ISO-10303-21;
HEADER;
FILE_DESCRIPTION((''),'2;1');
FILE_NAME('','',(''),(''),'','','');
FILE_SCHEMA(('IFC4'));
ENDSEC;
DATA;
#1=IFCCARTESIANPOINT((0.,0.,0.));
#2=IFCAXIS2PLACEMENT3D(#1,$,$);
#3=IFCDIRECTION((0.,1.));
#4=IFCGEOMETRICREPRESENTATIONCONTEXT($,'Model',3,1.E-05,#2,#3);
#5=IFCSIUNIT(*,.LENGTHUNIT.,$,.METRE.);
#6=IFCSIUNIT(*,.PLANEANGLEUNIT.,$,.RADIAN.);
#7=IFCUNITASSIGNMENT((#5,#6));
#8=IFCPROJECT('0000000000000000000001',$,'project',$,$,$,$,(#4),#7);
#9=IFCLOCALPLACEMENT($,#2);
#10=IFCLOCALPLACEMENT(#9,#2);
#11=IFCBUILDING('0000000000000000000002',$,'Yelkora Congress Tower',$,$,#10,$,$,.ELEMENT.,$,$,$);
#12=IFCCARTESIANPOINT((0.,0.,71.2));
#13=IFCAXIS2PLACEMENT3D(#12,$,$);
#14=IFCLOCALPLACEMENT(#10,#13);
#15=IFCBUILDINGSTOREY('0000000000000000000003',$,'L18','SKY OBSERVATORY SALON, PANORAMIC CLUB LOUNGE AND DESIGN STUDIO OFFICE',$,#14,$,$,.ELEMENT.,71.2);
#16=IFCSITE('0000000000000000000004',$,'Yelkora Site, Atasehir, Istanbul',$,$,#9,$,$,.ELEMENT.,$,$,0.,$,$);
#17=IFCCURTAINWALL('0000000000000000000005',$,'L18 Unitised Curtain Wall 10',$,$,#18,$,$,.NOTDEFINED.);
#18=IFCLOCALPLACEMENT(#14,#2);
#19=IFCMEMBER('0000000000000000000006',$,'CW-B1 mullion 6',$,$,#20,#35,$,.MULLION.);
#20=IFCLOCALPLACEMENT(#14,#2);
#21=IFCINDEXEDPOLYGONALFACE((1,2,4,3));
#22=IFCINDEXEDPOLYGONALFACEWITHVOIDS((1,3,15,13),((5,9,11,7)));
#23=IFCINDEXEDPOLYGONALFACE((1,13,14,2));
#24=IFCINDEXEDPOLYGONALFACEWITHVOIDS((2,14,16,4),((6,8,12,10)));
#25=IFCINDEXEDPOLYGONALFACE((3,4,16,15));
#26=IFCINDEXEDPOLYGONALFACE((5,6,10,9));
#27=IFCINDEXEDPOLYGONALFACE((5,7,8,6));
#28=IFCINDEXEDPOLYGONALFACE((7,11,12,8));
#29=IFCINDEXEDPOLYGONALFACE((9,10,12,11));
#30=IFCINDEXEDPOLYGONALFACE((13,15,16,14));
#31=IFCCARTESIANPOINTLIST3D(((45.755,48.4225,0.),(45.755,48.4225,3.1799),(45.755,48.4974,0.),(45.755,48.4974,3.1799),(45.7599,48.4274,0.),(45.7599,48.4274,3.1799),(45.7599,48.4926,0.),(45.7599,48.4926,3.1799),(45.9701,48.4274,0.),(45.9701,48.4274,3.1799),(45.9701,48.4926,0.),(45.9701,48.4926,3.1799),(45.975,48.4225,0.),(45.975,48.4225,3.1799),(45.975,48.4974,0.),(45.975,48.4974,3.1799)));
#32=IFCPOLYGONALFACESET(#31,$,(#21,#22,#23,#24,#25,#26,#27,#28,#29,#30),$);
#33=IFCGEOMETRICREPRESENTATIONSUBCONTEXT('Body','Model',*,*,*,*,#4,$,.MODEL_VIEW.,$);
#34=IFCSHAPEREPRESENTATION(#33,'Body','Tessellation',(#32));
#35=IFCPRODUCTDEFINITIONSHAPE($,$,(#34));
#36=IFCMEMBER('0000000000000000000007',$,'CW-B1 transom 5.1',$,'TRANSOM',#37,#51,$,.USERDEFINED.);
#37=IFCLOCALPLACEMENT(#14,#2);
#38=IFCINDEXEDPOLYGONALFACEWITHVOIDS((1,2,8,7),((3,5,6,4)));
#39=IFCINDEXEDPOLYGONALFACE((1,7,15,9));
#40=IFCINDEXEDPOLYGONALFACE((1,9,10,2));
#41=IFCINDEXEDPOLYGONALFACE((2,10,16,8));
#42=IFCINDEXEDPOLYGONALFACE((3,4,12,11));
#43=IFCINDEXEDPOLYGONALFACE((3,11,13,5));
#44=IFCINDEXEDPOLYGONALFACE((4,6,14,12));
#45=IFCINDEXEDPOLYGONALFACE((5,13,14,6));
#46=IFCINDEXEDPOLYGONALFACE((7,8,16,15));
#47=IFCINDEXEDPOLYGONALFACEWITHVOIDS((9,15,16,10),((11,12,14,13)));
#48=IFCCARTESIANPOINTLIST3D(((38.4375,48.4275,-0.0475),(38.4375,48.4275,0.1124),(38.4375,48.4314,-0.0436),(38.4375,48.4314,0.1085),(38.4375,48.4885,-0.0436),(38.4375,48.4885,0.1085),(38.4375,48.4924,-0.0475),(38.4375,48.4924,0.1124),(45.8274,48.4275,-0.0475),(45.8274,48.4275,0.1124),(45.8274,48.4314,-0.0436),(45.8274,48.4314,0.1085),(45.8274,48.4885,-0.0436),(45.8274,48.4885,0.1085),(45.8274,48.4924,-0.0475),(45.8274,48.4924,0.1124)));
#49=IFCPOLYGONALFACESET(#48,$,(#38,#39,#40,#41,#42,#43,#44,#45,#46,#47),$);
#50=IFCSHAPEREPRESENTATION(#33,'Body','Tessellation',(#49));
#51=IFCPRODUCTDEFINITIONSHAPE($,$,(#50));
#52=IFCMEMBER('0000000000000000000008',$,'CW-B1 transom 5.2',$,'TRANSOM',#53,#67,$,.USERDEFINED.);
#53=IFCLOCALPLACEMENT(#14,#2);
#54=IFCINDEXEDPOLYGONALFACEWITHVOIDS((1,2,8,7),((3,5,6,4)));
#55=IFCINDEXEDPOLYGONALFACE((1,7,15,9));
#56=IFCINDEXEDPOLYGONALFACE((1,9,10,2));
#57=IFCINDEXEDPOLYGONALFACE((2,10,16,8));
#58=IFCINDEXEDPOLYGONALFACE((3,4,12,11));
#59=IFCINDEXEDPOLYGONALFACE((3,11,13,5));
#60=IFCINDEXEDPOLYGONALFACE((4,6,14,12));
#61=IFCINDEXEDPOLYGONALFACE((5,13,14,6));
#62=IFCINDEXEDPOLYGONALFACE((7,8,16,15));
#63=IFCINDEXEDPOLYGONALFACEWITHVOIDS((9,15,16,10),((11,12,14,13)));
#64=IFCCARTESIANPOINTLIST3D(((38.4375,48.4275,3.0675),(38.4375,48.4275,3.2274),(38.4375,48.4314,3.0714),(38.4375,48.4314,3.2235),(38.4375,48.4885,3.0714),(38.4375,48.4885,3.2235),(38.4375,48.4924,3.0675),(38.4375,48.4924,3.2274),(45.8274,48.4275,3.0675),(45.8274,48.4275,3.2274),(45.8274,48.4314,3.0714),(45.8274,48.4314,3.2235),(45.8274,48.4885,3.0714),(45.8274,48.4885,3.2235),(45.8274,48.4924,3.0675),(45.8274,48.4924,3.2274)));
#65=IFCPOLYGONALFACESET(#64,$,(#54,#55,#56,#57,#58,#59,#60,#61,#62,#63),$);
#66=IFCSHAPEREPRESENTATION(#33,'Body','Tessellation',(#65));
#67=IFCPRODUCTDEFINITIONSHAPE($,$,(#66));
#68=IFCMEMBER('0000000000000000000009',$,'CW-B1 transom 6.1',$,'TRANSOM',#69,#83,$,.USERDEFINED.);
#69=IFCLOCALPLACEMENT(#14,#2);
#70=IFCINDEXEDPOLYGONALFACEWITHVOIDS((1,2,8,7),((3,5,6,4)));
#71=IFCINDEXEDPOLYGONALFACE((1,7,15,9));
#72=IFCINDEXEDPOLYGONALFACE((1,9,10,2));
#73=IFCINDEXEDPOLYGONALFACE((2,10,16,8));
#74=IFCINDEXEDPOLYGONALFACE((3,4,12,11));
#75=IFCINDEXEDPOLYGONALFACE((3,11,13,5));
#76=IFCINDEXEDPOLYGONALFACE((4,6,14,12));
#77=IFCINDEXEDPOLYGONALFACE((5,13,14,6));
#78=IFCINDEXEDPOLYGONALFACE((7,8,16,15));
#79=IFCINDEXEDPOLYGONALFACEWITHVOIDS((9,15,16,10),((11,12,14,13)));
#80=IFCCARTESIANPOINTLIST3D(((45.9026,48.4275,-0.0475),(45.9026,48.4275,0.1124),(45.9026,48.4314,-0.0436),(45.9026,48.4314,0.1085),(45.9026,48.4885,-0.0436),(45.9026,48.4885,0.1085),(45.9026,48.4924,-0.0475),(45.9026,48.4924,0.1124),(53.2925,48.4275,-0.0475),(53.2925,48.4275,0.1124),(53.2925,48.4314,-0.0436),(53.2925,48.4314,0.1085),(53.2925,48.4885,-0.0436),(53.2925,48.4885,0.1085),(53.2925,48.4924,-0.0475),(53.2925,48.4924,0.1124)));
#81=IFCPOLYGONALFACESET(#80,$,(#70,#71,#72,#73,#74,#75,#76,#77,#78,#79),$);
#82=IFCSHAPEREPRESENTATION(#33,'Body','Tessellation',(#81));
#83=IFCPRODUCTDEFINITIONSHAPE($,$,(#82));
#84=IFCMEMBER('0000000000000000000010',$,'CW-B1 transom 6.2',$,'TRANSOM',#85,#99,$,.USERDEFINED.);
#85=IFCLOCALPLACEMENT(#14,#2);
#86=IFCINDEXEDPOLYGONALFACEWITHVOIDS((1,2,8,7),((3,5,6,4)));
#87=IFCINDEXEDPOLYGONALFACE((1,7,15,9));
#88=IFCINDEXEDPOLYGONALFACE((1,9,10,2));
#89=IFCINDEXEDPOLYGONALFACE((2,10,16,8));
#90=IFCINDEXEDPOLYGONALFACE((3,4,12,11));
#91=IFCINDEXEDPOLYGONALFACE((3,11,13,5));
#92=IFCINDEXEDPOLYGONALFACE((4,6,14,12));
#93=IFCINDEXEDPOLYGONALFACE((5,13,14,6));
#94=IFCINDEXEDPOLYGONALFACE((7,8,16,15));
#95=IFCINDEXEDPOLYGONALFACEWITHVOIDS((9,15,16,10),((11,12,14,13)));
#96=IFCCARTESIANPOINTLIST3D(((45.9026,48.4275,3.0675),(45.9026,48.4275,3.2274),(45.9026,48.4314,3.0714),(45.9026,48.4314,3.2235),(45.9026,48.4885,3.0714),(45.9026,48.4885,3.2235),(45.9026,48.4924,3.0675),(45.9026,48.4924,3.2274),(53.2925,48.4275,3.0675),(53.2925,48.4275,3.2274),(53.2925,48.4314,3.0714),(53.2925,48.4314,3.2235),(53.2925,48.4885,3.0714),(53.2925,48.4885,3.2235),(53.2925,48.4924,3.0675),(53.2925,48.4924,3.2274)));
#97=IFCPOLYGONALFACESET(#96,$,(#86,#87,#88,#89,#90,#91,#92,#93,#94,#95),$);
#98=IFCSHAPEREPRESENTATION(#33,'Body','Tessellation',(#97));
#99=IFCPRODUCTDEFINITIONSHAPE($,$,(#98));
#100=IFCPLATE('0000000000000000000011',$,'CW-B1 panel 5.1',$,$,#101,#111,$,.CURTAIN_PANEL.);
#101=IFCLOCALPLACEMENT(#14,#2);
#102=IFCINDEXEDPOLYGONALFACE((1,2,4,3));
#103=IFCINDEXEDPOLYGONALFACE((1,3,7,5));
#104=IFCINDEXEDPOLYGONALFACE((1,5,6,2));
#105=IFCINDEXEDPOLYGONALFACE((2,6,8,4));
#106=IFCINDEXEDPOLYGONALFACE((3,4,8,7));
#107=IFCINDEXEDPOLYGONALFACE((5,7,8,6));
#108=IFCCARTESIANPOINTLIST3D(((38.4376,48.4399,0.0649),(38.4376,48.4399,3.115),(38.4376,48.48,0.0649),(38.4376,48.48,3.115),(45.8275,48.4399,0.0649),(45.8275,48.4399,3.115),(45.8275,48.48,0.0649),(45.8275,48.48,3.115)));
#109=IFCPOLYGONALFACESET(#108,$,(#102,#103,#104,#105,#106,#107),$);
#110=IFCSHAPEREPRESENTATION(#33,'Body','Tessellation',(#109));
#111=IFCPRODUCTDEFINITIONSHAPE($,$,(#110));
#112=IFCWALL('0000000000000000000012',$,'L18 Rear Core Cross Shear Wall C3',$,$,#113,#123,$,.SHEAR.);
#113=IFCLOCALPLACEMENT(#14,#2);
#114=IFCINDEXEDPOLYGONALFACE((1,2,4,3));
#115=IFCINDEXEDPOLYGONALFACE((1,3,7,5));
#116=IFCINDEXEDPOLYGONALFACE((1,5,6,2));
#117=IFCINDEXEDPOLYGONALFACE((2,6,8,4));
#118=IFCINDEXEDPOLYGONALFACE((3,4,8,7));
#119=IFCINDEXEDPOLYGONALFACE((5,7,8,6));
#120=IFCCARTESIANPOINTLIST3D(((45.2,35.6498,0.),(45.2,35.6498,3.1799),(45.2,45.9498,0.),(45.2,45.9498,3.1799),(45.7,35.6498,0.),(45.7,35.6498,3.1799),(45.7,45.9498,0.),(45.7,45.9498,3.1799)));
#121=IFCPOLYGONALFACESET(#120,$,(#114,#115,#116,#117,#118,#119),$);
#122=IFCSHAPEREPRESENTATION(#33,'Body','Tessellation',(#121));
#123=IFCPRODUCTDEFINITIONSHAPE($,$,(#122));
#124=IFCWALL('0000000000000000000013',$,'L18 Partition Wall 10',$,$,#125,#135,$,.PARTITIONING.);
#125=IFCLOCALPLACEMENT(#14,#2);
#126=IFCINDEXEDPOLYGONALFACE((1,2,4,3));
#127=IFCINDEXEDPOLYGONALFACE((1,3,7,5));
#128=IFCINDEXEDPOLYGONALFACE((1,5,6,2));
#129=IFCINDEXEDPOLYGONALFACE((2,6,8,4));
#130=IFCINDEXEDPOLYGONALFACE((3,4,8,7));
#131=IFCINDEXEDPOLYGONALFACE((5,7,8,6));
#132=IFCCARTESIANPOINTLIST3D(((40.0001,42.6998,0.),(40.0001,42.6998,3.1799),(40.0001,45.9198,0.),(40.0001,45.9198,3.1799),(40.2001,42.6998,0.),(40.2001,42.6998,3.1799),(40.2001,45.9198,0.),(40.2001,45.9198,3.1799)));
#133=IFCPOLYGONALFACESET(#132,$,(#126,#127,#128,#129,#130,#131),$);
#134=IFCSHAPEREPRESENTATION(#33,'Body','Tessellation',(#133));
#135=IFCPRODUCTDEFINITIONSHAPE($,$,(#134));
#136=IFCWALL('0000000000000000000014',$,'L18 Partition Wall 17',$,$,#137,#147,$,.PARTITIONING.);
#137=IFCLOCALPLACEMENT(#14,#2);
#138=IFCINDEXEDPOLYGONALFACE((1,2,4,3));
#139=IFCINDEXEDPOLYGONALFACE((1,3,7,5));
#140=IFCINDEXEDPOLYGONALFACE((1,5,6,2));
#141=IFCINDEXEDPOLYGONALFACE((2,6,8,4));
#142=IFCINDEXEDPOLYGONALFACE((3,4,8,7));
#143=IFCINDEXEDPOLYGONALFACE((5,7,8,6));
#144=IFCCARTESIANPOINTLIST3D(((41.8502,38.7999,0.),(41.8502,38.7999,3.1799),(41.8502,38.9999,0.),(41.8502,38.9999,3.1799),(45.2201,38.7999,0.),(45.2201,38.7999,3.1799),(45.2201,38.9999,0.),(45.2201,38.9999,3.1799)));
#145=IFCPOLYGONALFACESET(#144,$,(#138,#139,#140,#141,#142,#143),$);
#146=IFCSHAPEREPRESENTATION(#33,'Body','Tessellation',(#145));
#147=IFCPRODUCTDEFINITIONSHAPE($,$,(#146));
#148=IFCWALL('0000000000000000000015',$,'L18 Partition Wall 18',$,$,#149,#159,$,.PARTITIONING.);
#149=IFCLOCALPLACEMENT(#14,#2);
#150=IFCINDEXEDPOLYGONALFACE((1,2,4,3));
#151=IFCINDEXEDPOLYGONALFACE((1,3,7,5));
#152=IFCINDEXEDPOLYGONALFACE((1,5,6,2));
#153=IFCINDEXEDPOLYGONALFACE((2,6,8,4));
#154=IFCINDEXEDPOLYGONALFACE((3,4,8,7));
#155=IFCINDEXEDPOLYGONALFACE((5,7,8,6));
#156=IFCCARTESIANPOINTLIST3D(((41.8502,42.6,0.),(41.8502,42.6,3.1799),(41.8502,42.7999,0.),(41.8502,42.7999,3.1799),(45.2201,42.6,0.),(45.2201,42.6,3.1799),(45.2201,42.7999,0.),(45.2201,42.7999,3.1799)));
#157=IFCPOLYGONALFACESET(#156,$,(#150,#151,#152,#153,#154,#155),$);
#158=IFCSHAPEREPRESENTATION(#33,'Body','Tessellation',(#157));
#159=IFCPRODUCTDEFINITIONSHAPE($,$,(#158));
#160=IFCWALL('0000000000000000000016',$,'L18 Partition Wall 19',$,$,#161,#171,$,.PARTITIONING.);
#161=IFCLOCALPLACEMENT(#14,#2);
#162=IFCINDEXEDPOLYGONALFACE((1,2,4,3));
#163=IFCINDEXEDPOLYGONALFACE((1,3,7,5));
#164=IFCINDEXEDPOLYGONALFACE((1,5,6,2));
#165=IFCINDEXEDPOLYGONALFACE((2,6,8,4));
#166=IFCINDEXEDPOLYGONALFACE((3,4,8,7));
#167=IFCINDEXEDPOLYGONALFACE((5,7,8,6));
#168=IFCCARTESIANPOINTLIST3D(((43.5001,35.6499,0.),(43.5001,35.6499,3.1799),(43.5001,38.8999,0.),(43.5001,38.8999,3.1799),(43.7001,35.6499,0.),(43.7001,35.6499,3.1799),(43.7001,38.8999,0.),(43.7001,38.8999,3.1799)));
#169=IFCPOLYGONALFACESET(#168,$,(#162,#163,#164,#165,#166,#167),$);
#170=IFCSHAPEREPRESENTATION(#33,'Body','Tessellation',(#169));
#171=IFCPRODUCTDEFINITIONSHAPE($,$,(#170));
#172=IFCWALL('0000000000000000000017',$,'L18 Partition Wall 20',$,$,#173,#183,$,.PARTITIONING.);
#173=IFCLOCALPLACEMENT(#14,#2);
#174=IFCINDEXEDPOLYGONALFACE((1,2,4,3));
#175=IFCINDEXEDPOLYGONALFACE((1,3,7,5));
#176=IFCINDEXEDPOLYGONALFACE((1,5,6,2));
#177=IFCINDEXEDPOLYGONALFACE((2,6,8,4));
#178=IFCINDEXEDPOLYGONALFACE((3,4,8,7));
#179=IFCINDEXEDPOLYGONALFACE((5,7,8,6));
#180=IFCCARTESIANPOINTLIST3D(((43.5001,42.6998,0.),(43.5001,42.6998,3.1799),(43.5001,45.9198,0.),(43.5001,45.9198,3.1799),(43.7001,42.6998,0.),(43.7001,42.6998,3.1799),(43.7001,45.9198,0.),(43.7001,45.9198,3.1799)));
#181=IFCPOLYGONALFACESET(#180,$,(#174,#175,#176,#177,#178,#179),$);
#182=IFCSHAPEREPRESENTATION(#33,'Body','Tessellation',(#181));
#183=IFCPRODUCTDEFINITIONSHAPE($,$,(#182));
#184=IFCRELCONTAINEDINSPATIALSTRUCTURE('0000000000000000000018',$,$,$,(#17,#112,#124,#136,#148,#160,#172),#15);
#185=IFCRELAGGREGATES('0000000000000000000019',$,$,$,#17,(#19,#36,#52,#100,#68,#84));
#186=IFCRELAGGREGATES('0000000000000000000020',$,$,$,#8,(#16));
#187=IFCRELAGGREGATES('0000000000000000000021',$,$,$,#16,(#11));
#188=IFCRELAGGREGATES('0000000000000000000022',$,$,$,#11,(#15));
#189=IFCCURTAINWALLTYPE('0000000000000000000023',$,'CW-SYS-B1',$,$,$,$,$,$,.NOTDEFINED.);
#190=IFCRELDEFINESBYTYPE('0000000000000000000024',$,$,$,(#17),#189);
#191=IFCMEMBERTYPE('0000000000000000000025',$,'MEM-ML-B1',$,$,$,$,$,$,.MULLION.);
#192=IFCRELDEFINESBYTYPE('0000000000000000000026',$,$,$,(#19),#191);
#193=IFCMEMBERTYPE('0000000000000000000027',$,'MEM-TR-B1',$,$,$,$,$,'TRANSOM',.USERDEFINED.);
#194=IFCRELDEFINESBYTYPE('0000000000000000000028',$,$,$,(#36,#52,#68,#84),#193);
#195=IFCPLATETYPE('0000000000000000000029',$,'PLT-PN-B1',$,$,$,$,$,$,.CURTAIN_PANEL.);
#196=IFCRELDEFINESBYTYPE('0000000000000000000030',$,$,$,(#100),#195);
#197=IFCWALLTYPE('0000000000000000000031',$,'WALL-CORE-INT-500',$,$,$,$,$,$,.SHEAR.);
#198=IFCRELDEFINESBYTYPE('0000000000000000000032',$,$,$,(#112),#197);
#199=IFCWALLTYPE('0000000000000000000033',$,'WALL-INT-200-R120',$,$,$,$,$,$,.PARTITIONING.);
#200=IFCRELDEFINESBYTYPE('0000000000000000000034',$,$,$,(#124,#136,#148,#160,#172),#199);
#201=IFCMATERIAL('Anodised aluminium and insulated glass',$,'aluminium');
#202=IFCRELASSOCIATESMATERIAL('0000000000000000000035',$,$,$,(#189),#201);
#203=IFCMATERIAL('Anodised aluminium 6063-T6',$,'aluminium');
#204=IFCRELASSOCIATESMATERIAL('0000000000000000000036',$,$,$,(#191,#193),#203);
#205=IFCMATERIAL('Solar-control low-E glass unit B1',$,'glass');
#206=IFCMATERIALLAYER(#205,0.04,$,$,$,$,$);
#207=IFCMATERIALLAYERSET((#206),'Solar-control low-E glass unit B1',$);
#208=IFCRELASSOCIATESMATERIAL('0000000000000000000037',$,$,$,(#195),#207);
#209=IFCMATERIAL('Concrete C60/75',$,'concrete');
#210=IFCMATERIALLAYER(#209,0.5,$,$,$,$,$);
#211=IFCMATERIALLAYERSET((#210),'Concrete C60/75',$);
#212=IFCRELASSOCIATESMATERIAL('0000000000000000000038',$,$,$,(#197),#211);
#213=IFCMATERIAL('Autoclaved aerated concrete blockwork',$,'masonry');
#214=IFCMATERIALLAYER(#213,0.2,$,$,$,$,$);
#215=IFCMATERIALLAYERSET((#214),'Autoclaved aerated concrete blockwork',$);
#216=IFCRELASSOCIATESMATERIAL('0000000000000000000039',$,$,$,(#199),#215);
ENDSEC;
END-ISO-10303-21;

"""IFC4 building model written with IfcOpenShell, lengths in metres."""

from ifc_helpers import new_model, si_unit, direction, frame, frame_2d, origin, origin_2d, place, context, subcontext, project, spatial, rectangle, hollow_rectangle, extrude, material, layer, layer_set, material_profile, profile_set, type_object, element, aggregate, save


model = new_model("IFC4")

# Units and contexts
model_context = context("Model", 3, precision=1e-05, world=origin(), true_north=direction((0.0, 1.0)))
body_context = subcontext(model_context, "Body", "Model", "MODEL_VIEW")
ifc_project = project(units=[si_unit("LENGTHUNIT", "METRE"), si_unit("PLANEANGLEUNIT", "RADIAN")], contexts=[model_context])

# Site, building, storey
site_placement = place(None, origin())
site = spatial("IfcSite", under=ifc_project, at=site_placement, Name="Yelkora Site, Atasehir, Istanbul", CompositionType="ELEMENT", RefElevation=0.0)
building_placement = place(site_placement, origin())
building = spatial("IfcBuilding", under=site, at=building_placement, Name="Yelkora Congress Tower", CompositionType="ELEMENT")
storey_placement = place(building_placement, frame((0.0, 0.0, 71.2)))
storey = spatial("IfcBuildingStorey", under=building, at=storey_placement, Name="L18", Description="SKY OBSERVATORY SALON, PANORAMIC CLUB LOUNGE AND DESIGN STUDIO OFFICE", CompositionType="ELEMENT", Elevation=71.2)

# Shared definitions
ifc_material_1 = material(Name="Concrete C60/75", Category="concrete")

# Curtain wall, members, plate
ifc_material_2 = material(Name="Anodised aluminium and insulated glass", Category="aluminium")
curtain_wall_type = type_object("IfcCurtainWallType", Name="CW-SYS-B1", PredefinedType="NOTDEFINED", material=ifc_material_2)
curtain_wall_placement = place(storey_placement, origin())
curtain_wall = element("IfcCurtainWall", 1, at=curtain_wall_placement, inside=storey, type_object=curtain_wall_type, Name="L18 Unitised Curtain Wall 10", PredefinedType="NOTDEFINED")
ifc_material_3 = material(Name="Anodised aluminium 6063-T6", Category="aluminium")
ifc_material_profile_1 = material_profile(ifc_material_3, hollow_rectangle(XDim=0.075, YDim=0.22, WallThickness=0.0049, at=origin_2d()), Name="ALU 75x220x5")
ifc_profile_set_1 = profile_set([ifc_material_profile_1], Name="Anodised aluminium 6063-T6")
member_type_1 = type_object("IfcMemberType", Name="MEM-ML-B1", PredefinedType="MULLION", material=ifc_profile_set_1)
member_1_placement = place(storey_placement, frame((45.865, 48.46, 0.0), z_axis=(0.0, 0.0, 1.0), x_axis=(0.0, 1.0, 0.0)))
member_1 = element("IfcMember", 2, at=member_1_placement, type_object=member_type_1, Name="CW-B1 mullion 6", PredefinedType="MULLION", context=body_context, shape_type="SweptSolid", body=[
    extrude(hollow_rectangle(XDim=0.075, YDim=0.22, WallThickness=0.0049, at=origin_2d()), origin(), (0.0, 0.0, 1.0), 3.1799),
])
ifc_material_profile_2 = material_profile(ifc_material_3, hollow_rectangle(XDim=0.0649, YDim=0.1599, WallThickness=0.0039, at=origin_2d()), Name="ALU 65x160x4")
ifc_profile_set_2 = profile_set([ifc_material_profile_2], Name="Anodised aluminium 6063-T6")
member_type_2 = type_object("IfcMemberType", Name="MEM-TR-B1", ElementType="TRANSOM", PredefinedType="USERDEFINED", material=ifc_profile_set_2)
member_2_placement = place(storey_placement, frame((38.4375, 48.46, 0.0325), z_axis=(1.0, 0.0, 0.0), x_axis=(0.0, 1.0, 0.0)))
member_2 = element("IfcMember", 3, at=member_2_placement, type_object=member_type_2, Name="CW-B1 transom 5.1", ObjectType="TRANSOM", PredefinedType="USERDEFINED", context=body_context, shape_type="SweptSolid", body=[
    extrude(hollow_rectangle(XDim=0.0649, YDim=0.1599, WallThickness=0.0039, at=origin_2d()), origin(), (0.0, 0.0, 1.0), 7.3899),
])
member_3_placement = place(storey_placement, frame((38.4375, 48.46, 3.1475), z_axis=(1.0, 0.0, 0.0), x_axis=(0.0, 1.0, 0.0)))
member_3 = element("IfcMember", 4, at=member_3_placement, type_object=member_type_2, Name="CW-B1 transom 5.2", ObjectType="TRANSOM", PredefinedType="USERDEFINED", context=body_context, shape_type="SweptSolid", body=[
    extrude(hollow_rectangle(XDim=0.0649, YDim=0.1599, WallThickness=0.0039, at=origin_2d()), origin(), (0.0, 0.0, 1.0), 7.3899),
])
member_4_placement = place(storey_placement, frame((45.9026, 48.46, 0.0325), z_axis=(1.0, 0.0, 0.0), x_axis=(0.0, 1.0, 0.0)))
member_4 = element("IfcMember", 5, at=member_4_placement, type_object=member_type_2, Name="CW-B1 transom 6.1", ObjectType="TRANSOM", PredefinedType="USERDEFINED", context=body_context, shape_type="SweptSolid", body=[
    extrude(hollow_rectangle(XDim=0.0649, YDim=0.1599, WallThickness=0.0039, at=origin_2d()), origin(), (0.0, 0.0, 1.0), 7.3899),
])
member_5_placement = place(storey_placement, frame((45.9026, 48.46, 3.1475), z_axis=(1.0, 0.0, 0.0), x_axis=(0.0, 1.0, 0.0)))
member_5 = element("IfcMember", 6, at=member_5_placement, type_object=member_type_2, Name="CW-B1 transom 6.2", ObjectType="TRANSOM", PredefinedType="USERDEFINED", context=body_context, shape_type="SweptSolid", body=[
    extrude(hollow_rectangle(XDim=0.0649, YDim=0.1599, WallThickness=0.0039, at=origin_2d()), origin(), (0.0, 0.0, 1.0), 7.3899),
])
ifc_material_4 = material(Name="Solar-control low-E glass unit B1", Category="glass")
ifc_layer_1 = layer(ifc_material_4, 0.04)
ifc_layer_set_1 = layer_set([ifc_layer_1], Name="Solar-control low-E glass unit B1")
plate_type = type_object("IfcPlateType", Name="PLT-PN-B1", PredefinedType="CURTAIN_PANEL", material=ifc_layer_set_1)
plate_placement = place(storey_placement, frame((42.1326, 48.46, 0.0649), z_axis=(0.0, 0.0, 1.0), x_axis=(1.0, 0.0, 0.0)))
plate = element("IfcPlate", 7, at=plate_placement, type_object=plate_type, Name="CW-B1 panel 5.1", PredefinedType="CURTAIN_PANEL", context=body_context, shape_type="SweptSolid", body=[
    extrude(rectangle(XDim=7.3899, YDim=0.04, at=origin_2d()), origin(), (0.0, 0.0, 1.0), 3.05),
])
aggregate(curtain_wall, [member_1, member_2, member_3, plate, member_4, member_5])

# Walls
ifc_layer_2 = layer(ifc_material_1, 0.5)
ifc_layer_set_2 = layer_set([ifc_layer_2], Name="Concrete C60/75")
wall_type_1 = type_object("IfcWallType", Name="WALL-CORE-INT-500", PredefinedType="SHEAR", material=ifc_layer_set_2)
wall_1_placement = place(storey_placement, frame((45.45, 35.6499, 0.0), z_axis=(0.0, 0.0, 1.0), x_axis=(0.0, 1.0, 0.0)))
element("IfcWall", 8, at=wall_1_placement, inside=storey, type_object=wall_type_1, Name="L18 Rear Core Cross Shear Wall C3", PredefinedType="SHEAR", context=body_context, shape_type="SweptSolid", body=[
    extrude(rectangle(XDim=10.3, YDim=0.5, at=frame_2d((5.1499, 0.0))), origin(), (0.0, 0.0, 1.0), 3.1799),
])
ifc_material_5 = material(Name="Autoclaved aerated concrete blockwork", Category="masonry")
ifc_layer_3 = layer(ifc_material_5, 0.2)
ifc_layer_set_3 = layer_set([ifc_layer_3], Name="Autoclaved aerated concrete blockwork")
wall_type_2 = type_object("IfcWallType", Name="WALL-INT-200-R120", PredefinedType="PARTITIONING", material=ifc_layer_set_3)
wall_2_placement = place(storey_placement, frame((40.1001, 42.7, 0.0), z_axis=(0.0, 0.0, 1.0), x_axis=(0.0, 1.0, 0.0)))
element("IfcWall", 9, at=wall_2_placement, inside=storey, type_object=wall_type_2, Name="L18 Partition Wall 10", PredefinedType="PARTITIONING", context=body_context, shape_type="SweptSolid", body=[
    extrude(rectangle(XDim=3.22, YDim=0.2, at=frame_2d((1.6099, 0.0))), origin(), (0.0, 0.0, 1.0), 3.1799),
])
for number, where, z_axis, x_axis, name in (
    (10, (41.8501, 38.8999, 0.0), (0.0, 0.0, 1.0), (1.0, 0.0, 0.0), "L18 Partition Wall 17"),
    (11, (41.8501, 42.7, 0.0), (0.0, 0.0, 1.0), (1.0, 0.0, 0.0), "L18 Partition Wall 18"),
):
    element("IfcWall", number, at=place(storey_placement, frame(where, z_axis=z_axis, x_axis=x_axis)), inside=storey, type_object=wall_type_2, Name=name, PredefinedType="PARTITIONING", context=body_context, shape_type="SweptSolid", body=[
        extrude(rectangle(XDim=3.3699, YDim=0.2, at=frame_2d((1.6851, 0.0))), origin(), (0.0, 0.0, 1.0), 3.1799),
    ])
wall_3_placement = place(storey_placement, frame((43.6001, 35.6499, 0.0), z_axis=(0.0, 0.0, 1.0), x_axis=(0.0, 1.0, 0.0)))
element("IfcWall", 12, at=wall_3_placement, inside=storey, type_object=wall_type_2, Name="L18 Partition Wall 19", PredefinedType="PARTITIONING", context=body_context, shape_type="SweptSolid", body=[
    extrude(rectangle(XDim=3.25, YDim=0.2, at=frame_2d((1.625, 0.0))), origin(), (0.0, 0.0, 1.0), 3.1799),
])
wall_4_placement = place(storey_placement, frame((43.6001, 42.7, 0.0), z_axis=(0.0, 0.0, 1.0), x_axis=(0.0, 1.0, 0.0)))
element("IfcWall", 13, at=wall_4_placement, inside=storey, type_object=wall_type_2, Name="L18 Partition Wall 20", PredefinedType="PARTITIONING", context=body_context, shape_type="SweptSolid", body=[
    extrude(rectangle(XDim=3.22, YDim=0.2, at=frame_2d((1.6099, 0.0))), origin(), (0.0, 0.0, 1.0), 3.1799),
])

save(model, "model.ifc")
